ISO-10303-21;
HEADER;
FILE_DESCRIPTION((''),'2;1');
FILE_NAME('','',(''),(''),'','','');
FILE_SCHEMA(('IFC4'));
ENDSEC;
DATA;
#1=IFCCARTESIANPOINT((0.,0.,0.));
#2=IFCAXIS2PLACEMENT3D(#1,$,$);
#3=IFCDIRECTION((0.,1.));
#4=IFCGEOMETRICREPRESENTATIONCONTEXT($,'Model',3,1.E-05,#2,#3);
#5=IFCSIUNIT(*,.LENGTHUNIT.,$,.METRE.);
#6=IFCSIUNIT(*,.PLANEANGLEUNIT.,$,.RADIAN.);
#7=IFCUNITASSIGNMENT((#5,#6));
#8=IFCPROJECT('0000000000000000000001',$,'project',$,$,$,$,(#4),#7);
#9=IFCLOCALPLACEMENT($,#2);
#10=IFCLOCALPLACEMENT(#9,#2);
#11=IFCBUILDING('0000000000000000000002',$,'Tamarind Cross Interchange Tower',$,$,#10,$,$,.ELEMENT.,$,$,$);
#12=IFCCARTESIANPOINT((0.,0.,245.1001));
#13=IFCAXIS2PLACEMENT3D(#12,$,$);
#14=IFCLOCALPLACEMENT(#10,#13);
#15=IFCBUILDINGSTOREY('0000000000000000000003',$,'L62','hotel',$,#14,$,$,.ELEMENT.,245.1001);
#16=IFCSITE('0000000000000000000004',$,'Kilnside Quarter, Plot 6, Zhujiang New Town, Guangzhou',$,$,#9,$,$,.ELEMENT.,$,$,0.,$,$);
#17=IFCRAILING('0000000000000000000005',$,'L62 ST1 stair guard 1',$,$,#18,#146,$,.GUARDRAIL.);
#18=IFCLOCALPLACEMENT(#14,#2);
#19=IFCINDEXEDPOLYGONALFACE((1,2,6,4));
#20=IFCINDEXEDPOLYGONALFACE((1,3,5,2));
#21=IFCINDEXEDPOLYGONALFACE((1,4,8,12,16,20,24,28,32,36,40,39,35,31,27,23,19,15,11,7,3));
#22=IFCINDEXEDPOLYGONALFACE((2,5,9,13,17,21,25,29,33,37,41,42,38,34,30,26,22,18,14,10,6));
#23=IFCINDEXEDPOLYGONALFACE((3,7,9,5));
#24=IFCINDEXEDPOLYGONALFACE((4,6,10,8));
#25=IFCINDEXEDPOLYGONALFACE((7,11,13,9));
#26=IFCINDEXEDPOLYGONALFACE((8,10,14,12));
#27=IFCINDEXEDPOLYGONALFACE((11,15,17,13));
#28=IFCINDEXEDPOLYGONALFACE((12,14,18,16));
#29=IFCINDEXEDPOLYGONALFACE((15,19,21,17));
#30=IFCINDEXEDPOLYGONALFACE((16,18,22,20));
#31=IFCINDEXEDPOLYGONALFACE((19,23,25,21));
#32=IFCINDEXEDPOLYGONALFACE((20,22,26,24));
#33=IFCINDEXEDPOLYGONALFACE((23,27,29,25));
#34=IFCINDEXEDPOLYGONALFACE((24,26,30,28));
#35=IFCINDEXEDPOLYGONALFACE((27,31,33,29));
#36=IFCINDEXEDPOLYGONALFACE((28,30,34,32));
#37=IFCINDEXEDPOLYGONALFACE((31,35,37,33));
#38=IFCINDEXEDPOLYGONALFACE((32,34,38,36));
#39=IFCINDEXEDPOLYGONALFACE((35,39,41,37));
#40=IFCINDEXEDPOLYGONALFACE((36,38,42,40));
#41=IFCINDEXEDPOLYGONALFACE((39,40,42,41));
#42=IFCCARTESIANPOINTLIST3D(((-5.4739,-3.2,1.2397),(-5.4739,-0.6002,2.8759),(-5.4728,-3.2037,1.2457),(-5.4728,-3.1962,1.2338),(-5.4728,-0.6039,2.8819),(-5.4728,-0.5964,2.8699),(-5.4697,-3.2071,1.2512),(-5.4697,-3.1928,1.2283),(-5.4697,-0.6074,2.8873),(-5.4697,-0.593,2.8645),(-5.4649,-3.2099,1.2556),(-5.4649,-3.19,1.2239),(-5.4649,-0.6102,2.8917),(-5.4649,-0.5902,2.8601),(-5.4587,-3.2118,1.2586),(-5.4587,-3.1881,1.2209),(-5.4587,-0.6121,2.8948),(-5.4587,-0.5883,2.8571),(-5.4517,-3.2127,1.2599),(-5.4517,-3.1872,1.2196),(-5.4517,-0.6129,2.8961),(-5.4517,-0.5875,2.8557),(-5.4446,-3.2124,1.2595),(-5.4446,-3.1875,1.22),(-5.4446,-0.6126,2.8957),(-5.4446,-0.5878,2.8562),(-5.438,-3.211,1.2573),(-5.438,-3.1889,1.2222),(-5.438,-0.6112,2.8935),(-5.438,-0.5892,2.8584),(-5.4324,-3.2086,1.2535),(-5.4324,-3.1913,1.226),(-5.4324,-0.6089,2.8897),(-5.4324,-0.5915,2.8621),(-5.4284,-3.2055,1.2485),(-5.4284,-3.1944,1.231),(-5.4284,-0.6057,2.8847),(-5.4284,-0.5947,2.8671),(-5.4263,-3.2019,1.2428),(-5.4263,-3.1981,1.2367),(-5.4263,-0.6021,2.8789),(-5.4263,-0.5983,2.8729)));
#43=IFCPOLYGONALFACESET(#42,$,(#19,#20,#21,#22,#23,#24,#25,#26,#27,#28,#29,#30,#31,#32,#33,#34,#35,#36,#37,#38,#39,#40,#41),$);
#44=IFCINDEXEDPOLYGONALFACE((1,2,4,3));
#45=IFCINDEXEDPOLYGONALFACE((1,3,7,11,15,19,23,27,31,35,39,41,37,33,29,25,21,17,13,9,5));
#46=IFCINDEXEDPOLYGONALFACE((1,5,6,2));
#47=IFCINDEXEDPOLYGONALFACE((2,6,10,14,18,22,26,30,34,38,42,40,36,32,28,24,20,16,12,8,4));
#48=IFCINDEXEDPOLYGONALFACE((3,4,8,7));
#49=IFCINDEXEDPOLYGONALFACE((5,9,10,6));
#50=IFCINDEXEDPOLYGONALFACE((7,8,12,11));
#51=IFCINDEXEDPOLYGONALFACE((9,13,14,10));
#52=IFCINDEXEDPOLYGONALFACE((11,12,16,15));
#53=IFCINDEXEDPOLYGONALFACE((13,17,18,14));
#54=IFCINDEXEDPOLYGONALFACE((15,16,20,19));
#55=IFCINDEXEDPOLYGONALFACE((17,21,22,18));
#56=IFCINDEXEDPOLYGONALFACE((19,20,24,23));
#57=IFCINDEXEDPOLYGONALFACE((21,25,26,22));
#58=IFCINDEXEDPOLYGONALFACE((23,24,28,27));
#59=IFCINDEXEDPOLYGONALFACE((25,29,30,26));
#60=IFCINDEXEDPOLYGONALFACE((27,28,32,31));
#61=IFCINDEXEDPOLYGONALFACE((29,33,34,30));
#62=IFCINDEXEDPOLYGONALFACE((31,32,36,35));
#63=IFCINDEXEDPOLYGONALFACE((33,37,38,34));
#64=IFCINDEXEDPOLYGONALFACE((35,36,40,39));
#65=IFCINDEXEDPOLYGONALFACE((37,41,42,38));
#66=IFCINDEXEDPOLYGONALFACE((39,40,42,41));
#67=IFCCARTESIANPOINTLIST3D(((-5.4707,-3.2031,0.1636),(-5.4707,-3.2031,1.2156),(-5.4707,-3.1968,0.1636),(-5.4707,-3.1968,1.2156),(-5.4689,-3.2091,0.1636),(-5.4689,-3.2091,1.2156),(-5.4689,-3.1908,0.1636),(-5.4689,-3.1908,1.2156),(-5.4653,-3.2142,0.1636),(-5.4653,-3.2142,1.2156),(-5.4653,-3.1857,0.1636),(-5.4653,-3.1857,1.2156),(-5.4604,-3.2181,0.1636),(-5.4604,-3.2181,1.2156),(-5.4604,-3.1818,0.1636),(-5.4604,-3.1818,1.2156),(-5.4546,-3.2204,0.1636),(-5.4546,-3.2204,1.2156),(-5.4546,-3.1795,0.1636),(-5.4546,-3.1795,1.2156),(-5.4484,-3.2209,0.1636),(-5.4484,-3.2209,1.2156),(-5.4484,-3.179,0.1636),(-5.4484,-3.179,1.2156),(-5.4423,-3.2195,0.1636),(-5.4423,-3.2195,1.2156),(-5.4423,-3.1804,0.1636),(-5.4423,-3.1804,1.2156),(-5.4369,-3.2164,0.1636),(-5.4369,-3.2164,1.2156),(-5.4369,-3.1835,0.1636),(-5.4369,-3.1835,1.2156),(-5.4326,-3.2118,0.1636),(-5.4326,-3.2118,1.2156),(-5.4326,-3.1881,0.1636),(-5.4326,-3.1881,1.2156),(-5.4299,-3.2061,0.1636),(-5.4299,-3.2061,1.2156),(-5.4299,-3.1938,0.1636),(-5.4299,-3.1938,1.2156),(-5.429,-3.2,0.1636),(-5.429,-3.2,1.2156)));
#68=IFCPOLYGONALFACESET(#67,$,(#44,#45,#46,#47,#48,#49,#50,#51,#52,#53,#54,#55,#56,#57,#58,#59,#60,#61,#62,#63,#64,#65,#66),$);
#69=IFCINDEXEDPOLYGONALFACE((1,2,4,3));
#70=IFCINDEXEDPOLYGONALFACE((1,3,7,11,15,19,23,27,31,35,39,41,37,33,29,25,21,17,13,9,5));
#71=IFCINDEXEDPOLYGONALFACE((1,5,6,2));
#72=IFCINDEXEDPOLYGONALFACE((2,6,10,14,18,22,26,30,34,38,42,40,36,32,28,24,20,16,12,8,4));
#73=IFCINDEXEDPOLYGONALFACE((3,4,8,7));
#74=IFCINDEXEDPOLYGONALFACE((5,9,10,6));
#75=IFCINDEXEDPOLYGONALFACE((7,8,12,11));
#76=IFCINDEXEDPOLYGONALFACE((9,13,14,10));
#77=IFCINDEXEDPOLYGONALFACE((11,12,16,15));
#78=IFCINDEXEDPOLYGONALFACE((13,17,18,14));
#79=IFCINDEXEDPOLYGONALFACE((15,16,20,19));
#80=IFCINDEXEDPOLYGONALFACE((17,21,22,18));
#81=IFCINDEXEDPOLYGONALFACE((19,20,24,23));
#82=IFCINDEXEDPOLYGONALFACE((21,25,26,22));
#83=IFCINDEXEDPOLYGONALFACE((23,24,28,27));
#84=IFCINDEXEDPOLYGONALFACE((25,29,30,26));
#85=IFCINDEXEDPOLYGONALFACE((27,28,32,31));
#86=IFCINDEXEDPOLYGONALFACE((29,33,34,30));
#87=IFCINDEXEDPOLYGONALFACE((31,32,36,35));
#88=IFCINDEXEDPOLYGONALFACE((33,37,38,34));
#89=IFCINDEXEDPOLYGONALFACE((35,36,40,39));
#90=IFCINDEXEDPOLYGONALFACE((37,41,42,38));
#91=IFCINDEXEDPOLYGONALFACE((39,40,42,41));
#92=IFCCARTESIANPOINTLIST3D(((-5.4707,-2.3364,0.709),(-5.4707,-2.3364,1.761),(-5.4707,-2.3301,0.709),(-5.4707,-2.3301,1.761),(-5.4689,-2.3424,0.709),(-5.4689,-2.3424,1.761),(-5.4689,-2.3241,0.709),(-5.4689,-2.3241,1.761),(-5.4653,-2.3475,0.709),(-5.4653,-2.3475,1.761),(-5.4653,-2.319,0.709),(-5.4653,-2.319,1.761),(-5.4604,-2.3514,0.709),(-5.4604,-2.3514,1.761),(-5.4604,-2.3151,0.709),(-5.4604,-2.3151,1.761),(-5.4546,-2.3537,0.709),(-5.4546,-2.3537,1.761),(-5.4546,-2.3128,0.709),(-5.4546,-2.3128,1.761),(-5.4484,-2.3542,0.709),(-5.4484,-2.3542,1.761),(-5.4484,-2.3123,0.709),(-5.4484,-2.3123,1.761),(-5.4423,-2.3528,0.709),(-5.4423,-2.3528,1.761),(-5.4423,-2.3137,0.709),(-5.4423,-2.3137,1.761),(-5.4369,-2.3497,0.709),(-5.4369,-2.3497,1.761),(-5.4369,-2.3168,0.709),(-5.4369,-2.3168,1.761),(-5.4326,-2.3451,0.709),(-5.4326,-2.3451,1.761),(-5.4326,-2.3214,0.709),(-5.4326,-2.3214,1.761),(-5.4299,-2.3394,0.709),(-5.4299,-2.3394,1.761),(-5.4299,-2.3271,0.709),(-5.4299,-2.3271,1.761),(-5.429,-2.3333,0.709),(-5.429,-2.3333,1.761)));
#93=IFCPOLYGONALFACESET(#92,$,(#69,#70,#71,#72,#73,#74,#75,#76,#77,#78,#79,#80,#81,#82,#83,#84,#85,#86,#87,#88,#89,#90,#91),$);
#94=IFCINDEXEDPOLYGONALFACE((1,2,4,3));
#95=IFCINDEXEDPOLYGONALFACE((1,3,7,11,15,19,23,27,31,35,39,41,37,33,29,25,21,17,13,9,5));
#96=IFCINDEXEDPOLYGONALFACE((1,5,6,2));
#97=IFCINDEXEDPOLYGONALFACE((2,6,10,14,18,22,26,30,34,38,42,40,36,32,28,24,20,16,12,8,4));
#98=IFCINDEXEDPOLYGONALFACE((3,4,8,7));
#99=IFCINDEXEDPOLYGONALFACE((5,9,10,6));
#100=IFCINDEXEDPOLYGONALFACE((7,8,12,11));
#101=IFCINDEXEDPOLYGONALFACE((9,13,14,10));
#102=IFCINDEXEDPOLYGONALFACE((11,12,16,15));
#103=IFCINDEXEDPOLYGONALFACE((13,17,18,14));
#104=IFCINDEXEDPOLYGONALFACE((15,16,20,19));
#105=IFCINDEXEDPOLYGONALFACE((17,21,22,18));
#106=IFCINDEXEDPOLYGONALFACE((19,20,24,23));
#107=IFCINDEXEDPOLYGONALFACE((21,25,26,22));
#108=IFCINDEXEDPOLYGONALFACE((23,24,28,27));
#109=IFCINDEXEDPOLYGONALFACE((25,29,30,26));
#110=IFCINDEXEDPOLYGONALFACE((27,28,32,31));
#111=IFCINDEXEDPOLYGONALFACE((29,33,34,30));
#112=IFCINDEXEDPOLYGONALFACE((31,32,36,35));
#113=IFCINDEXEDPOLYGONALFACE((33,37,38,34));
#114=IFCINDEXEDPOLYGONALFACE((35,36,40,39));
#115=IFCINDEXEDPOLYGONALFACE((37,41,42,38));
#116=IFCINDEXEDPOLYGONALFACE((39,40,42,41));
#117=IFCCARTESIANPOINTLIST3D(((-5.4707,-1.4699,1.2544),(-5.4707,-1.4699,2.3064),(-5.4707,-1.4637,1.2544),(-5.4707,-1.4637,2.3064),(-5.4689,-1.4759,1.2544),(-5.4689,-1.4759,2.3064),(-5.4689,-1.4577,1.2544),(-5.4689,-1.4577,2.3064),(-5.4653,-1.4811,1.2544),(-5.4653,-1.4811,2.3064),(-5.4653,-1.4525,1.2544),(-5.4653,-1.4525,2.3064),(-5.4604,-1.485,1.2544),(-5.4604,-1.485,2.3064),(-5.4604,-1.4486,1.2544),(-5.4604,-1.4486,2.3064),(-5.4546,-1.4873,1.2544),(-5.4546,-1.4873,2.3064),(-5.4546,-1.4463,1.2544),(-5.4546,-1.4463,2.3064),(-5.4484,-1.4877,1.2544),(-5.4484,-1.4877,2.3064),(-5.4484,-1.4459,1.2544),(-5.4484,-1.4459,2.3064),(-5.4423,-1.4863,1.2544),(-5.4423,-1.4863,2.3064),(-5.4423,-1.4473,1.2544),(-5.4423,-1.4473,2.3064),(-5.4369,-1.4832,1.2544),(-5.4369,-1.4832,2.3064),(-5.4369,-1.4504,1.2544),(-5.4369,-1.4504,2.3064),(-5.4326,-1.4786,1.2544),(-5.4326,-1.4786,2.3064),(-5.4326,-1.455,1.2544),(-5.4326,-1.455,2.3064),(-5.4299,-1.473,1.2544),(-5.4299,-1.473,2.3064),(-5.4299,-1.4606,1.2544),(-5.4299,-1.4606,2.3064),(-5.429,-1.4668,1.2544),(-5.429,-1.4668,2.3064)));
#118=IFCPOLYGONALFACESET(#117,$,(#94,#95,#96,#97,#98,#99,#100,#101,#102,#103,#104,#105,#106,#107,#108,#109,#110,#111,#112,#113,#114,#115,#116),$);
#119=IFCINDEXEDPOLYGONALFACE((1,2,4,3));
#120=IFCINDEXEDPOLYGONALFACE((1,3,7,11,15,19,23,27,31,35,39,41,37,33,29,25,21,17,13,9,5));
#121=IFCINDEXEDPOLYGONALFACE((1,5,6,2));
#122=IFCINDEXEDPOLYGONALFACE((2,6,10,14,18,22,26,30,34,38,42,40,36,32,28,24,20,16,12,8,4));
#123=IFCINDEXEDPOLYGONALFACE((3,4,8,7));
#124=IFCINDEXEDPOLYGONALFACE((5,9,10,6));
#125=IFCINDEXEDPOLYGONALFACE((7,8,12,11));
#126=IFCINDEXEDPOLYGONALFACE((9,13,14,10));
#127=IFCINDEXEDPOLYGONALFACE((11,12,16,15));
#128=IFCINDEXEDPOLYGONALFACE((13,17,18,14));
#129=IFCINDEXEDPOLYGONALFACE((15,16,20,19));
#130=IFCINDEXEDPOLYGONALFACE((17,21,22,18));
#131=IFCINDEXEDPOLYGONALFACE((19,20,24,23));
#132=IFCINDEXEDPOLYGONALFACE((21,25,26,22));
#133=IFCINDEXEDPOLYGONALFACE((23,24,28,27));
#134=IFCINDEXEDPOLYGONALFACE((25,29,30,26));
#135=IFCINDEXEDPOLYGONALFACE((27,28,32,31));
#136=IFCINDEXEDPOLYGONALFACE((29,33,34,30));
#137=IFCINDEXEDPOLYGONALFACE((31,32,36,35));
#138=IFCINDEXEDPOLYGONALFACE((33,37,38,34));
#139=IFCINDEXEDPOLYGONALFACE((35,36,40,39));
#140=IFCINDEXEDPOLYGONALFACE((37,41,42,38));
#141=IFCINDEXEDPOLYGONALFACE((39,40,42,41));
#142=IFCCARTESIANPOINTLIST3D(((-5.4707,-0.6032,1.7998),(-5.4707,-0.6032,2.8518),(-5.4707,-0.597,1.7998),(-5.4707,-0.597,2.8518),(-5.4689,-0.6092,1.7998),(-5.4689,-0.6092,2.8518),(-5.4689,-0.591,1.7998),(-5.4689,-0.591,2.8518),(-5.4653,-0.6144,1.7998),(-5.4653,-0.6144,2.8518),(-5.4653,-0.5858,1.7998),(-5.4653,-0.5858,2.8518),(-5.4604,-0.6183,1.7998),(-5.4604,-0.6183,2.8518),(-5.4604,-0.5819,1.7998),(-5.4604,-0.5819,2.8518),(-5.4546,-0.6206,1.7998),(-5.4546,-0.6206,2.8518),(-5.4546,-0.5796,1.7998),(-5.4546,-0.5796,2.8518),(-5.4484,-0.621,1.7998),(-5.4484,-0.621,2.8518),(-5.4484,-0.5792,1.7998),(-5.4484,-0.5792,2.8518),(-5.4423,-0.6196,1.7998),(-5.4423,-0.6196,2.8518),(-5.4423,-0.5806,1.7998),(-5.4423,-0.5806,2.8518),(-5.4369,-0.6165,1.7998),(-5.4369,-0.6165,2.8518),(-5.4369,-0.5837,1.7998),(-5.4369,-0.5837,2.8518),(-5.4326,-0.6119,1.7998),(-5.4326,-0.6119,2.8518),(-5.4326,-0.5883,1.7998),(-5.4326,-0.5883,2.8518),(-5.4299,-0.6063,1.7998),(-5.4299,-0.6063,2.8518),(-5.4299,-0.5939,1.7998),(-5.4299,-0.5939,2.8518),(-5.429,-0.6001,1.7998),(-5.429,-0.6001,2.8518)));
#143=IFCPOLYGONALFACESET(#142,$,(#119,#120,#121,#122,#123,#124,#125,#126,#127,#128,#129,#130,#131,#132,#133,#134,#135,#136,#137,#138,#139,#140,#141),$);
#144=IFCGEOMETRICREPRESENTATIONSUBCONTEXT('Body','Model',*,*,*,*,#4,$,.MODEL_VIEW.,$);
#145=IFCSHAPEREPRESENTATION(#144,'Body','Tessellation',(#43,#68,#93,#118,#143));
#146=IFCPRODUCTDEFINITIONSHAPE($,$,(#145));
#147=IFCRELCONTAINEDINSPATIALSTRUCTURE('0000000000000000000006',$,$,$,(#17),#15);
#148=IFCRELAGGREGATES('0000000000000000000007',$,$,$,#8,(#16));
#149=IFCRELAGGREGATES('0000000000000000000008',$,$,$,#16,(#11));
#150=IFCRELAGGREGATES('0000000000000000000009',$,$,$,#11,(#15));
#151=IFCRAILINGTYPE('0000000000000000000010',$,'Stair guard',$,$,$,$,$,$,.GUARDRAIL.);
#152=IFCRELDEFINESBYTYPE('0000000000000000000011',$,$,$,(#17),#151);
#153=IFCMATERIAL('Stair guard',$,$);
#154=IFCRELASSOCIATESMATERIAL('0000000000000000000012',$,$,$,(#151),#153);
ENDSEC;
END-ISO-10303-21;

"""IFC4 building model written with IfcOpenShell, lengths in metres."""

from ifc_helpers import new_model, si_unit, direction, frame, origin, origin_2d, place, context, subcontext, project, spatial, circle, extrude, material, type_object, element, save


model = new_model("IFC4")

# Units and contexts
model_context = context("Model", 3, precision=1e-05, world=origin(), true_north=direction((0.0, 1.0)))
body_context = subcontext(model_context, "Body", "Model", "MODEL_VIEW")
ifc_project = project(units=[si_unit("LENGTHUNIT", "METRE"), si_unit("PLANEANGLEUNIT", "RADIAN")], contexts=[model_context])

# Site, building, storey
site_placement = place(None, origin())
site = spatial("IfcSite", under=ifc_project, at=site_placement, Name="Kilnside Quarter, Plot 6, Zhujiang New Town, Guangzhou", CompositionType="ELEMENT", RefElevation=0.0)
building_placement = place(site_placement, origin())
building = spatial("IfcBuilding", under=site, at=building_placement, Name="Tamarind Cross Interchange Tower", CompositionType="ELEMENT")
storey_placement = place(building_placement, frame((0.0, 0.0, 245.1001)))
storey = spatial("IfcBuildingStorey", under=building, at=storey_placement, Name="L62", Description="hotel", CompositionType="ELEMENT", Elevation=245.1001)

# Railing
ifc_material_1 = material(Name="Stair guard")
railing_type_1 = type_object("IfcRailingType", Name="Stair guard", PredefinedType="GUARDRAIL", material=ifc_material_1)
railing_1_placement = place(storey_placement, frame((-5.45, -3.2, 0.1636)))
element("IfcRailing", 1, at=railing_1_placement, inside=storey, type_object=railing_type_1, Name="L62 ST1 stair guard 1", PredefinedType="GUARDRAIL", context=body_context, shape_type="SweptSolid", body=[
    extrude(circle(Radius=0.0239, at=origin_2d()), frame((0.0, 0.0, 1.0762), z_axis=(0.0, 0.846338, 0.532647), x_axis=(-1.0, 0.0, 0.0)), (0.0, 0.0, 1.0), 3.0718),
    extrude(circle(Radius=0.021, at=origin_2d()), origin(), (0.0, 0.0, 1.0), 1.052),
    extrude(circle(Radius=0.021, at=origin_2d()), frame((0.0, 0.8667, 0.5454)), (0.0, 0.0, 1.0), 1.052),
    extrude(circle(Radius=0.021, at=origin_2d()), frame((0.0, 1.7332, 1.0908)), (0.0, 0.0, 1.0), 1.052),
    extrude(circle(Radius=0.021, at=origin_2d()), frame((0.0, 2.5999, 1.6362)), (0.0, 0.0, 1.0), 1.052),
])

save(model, "model.ifc")
